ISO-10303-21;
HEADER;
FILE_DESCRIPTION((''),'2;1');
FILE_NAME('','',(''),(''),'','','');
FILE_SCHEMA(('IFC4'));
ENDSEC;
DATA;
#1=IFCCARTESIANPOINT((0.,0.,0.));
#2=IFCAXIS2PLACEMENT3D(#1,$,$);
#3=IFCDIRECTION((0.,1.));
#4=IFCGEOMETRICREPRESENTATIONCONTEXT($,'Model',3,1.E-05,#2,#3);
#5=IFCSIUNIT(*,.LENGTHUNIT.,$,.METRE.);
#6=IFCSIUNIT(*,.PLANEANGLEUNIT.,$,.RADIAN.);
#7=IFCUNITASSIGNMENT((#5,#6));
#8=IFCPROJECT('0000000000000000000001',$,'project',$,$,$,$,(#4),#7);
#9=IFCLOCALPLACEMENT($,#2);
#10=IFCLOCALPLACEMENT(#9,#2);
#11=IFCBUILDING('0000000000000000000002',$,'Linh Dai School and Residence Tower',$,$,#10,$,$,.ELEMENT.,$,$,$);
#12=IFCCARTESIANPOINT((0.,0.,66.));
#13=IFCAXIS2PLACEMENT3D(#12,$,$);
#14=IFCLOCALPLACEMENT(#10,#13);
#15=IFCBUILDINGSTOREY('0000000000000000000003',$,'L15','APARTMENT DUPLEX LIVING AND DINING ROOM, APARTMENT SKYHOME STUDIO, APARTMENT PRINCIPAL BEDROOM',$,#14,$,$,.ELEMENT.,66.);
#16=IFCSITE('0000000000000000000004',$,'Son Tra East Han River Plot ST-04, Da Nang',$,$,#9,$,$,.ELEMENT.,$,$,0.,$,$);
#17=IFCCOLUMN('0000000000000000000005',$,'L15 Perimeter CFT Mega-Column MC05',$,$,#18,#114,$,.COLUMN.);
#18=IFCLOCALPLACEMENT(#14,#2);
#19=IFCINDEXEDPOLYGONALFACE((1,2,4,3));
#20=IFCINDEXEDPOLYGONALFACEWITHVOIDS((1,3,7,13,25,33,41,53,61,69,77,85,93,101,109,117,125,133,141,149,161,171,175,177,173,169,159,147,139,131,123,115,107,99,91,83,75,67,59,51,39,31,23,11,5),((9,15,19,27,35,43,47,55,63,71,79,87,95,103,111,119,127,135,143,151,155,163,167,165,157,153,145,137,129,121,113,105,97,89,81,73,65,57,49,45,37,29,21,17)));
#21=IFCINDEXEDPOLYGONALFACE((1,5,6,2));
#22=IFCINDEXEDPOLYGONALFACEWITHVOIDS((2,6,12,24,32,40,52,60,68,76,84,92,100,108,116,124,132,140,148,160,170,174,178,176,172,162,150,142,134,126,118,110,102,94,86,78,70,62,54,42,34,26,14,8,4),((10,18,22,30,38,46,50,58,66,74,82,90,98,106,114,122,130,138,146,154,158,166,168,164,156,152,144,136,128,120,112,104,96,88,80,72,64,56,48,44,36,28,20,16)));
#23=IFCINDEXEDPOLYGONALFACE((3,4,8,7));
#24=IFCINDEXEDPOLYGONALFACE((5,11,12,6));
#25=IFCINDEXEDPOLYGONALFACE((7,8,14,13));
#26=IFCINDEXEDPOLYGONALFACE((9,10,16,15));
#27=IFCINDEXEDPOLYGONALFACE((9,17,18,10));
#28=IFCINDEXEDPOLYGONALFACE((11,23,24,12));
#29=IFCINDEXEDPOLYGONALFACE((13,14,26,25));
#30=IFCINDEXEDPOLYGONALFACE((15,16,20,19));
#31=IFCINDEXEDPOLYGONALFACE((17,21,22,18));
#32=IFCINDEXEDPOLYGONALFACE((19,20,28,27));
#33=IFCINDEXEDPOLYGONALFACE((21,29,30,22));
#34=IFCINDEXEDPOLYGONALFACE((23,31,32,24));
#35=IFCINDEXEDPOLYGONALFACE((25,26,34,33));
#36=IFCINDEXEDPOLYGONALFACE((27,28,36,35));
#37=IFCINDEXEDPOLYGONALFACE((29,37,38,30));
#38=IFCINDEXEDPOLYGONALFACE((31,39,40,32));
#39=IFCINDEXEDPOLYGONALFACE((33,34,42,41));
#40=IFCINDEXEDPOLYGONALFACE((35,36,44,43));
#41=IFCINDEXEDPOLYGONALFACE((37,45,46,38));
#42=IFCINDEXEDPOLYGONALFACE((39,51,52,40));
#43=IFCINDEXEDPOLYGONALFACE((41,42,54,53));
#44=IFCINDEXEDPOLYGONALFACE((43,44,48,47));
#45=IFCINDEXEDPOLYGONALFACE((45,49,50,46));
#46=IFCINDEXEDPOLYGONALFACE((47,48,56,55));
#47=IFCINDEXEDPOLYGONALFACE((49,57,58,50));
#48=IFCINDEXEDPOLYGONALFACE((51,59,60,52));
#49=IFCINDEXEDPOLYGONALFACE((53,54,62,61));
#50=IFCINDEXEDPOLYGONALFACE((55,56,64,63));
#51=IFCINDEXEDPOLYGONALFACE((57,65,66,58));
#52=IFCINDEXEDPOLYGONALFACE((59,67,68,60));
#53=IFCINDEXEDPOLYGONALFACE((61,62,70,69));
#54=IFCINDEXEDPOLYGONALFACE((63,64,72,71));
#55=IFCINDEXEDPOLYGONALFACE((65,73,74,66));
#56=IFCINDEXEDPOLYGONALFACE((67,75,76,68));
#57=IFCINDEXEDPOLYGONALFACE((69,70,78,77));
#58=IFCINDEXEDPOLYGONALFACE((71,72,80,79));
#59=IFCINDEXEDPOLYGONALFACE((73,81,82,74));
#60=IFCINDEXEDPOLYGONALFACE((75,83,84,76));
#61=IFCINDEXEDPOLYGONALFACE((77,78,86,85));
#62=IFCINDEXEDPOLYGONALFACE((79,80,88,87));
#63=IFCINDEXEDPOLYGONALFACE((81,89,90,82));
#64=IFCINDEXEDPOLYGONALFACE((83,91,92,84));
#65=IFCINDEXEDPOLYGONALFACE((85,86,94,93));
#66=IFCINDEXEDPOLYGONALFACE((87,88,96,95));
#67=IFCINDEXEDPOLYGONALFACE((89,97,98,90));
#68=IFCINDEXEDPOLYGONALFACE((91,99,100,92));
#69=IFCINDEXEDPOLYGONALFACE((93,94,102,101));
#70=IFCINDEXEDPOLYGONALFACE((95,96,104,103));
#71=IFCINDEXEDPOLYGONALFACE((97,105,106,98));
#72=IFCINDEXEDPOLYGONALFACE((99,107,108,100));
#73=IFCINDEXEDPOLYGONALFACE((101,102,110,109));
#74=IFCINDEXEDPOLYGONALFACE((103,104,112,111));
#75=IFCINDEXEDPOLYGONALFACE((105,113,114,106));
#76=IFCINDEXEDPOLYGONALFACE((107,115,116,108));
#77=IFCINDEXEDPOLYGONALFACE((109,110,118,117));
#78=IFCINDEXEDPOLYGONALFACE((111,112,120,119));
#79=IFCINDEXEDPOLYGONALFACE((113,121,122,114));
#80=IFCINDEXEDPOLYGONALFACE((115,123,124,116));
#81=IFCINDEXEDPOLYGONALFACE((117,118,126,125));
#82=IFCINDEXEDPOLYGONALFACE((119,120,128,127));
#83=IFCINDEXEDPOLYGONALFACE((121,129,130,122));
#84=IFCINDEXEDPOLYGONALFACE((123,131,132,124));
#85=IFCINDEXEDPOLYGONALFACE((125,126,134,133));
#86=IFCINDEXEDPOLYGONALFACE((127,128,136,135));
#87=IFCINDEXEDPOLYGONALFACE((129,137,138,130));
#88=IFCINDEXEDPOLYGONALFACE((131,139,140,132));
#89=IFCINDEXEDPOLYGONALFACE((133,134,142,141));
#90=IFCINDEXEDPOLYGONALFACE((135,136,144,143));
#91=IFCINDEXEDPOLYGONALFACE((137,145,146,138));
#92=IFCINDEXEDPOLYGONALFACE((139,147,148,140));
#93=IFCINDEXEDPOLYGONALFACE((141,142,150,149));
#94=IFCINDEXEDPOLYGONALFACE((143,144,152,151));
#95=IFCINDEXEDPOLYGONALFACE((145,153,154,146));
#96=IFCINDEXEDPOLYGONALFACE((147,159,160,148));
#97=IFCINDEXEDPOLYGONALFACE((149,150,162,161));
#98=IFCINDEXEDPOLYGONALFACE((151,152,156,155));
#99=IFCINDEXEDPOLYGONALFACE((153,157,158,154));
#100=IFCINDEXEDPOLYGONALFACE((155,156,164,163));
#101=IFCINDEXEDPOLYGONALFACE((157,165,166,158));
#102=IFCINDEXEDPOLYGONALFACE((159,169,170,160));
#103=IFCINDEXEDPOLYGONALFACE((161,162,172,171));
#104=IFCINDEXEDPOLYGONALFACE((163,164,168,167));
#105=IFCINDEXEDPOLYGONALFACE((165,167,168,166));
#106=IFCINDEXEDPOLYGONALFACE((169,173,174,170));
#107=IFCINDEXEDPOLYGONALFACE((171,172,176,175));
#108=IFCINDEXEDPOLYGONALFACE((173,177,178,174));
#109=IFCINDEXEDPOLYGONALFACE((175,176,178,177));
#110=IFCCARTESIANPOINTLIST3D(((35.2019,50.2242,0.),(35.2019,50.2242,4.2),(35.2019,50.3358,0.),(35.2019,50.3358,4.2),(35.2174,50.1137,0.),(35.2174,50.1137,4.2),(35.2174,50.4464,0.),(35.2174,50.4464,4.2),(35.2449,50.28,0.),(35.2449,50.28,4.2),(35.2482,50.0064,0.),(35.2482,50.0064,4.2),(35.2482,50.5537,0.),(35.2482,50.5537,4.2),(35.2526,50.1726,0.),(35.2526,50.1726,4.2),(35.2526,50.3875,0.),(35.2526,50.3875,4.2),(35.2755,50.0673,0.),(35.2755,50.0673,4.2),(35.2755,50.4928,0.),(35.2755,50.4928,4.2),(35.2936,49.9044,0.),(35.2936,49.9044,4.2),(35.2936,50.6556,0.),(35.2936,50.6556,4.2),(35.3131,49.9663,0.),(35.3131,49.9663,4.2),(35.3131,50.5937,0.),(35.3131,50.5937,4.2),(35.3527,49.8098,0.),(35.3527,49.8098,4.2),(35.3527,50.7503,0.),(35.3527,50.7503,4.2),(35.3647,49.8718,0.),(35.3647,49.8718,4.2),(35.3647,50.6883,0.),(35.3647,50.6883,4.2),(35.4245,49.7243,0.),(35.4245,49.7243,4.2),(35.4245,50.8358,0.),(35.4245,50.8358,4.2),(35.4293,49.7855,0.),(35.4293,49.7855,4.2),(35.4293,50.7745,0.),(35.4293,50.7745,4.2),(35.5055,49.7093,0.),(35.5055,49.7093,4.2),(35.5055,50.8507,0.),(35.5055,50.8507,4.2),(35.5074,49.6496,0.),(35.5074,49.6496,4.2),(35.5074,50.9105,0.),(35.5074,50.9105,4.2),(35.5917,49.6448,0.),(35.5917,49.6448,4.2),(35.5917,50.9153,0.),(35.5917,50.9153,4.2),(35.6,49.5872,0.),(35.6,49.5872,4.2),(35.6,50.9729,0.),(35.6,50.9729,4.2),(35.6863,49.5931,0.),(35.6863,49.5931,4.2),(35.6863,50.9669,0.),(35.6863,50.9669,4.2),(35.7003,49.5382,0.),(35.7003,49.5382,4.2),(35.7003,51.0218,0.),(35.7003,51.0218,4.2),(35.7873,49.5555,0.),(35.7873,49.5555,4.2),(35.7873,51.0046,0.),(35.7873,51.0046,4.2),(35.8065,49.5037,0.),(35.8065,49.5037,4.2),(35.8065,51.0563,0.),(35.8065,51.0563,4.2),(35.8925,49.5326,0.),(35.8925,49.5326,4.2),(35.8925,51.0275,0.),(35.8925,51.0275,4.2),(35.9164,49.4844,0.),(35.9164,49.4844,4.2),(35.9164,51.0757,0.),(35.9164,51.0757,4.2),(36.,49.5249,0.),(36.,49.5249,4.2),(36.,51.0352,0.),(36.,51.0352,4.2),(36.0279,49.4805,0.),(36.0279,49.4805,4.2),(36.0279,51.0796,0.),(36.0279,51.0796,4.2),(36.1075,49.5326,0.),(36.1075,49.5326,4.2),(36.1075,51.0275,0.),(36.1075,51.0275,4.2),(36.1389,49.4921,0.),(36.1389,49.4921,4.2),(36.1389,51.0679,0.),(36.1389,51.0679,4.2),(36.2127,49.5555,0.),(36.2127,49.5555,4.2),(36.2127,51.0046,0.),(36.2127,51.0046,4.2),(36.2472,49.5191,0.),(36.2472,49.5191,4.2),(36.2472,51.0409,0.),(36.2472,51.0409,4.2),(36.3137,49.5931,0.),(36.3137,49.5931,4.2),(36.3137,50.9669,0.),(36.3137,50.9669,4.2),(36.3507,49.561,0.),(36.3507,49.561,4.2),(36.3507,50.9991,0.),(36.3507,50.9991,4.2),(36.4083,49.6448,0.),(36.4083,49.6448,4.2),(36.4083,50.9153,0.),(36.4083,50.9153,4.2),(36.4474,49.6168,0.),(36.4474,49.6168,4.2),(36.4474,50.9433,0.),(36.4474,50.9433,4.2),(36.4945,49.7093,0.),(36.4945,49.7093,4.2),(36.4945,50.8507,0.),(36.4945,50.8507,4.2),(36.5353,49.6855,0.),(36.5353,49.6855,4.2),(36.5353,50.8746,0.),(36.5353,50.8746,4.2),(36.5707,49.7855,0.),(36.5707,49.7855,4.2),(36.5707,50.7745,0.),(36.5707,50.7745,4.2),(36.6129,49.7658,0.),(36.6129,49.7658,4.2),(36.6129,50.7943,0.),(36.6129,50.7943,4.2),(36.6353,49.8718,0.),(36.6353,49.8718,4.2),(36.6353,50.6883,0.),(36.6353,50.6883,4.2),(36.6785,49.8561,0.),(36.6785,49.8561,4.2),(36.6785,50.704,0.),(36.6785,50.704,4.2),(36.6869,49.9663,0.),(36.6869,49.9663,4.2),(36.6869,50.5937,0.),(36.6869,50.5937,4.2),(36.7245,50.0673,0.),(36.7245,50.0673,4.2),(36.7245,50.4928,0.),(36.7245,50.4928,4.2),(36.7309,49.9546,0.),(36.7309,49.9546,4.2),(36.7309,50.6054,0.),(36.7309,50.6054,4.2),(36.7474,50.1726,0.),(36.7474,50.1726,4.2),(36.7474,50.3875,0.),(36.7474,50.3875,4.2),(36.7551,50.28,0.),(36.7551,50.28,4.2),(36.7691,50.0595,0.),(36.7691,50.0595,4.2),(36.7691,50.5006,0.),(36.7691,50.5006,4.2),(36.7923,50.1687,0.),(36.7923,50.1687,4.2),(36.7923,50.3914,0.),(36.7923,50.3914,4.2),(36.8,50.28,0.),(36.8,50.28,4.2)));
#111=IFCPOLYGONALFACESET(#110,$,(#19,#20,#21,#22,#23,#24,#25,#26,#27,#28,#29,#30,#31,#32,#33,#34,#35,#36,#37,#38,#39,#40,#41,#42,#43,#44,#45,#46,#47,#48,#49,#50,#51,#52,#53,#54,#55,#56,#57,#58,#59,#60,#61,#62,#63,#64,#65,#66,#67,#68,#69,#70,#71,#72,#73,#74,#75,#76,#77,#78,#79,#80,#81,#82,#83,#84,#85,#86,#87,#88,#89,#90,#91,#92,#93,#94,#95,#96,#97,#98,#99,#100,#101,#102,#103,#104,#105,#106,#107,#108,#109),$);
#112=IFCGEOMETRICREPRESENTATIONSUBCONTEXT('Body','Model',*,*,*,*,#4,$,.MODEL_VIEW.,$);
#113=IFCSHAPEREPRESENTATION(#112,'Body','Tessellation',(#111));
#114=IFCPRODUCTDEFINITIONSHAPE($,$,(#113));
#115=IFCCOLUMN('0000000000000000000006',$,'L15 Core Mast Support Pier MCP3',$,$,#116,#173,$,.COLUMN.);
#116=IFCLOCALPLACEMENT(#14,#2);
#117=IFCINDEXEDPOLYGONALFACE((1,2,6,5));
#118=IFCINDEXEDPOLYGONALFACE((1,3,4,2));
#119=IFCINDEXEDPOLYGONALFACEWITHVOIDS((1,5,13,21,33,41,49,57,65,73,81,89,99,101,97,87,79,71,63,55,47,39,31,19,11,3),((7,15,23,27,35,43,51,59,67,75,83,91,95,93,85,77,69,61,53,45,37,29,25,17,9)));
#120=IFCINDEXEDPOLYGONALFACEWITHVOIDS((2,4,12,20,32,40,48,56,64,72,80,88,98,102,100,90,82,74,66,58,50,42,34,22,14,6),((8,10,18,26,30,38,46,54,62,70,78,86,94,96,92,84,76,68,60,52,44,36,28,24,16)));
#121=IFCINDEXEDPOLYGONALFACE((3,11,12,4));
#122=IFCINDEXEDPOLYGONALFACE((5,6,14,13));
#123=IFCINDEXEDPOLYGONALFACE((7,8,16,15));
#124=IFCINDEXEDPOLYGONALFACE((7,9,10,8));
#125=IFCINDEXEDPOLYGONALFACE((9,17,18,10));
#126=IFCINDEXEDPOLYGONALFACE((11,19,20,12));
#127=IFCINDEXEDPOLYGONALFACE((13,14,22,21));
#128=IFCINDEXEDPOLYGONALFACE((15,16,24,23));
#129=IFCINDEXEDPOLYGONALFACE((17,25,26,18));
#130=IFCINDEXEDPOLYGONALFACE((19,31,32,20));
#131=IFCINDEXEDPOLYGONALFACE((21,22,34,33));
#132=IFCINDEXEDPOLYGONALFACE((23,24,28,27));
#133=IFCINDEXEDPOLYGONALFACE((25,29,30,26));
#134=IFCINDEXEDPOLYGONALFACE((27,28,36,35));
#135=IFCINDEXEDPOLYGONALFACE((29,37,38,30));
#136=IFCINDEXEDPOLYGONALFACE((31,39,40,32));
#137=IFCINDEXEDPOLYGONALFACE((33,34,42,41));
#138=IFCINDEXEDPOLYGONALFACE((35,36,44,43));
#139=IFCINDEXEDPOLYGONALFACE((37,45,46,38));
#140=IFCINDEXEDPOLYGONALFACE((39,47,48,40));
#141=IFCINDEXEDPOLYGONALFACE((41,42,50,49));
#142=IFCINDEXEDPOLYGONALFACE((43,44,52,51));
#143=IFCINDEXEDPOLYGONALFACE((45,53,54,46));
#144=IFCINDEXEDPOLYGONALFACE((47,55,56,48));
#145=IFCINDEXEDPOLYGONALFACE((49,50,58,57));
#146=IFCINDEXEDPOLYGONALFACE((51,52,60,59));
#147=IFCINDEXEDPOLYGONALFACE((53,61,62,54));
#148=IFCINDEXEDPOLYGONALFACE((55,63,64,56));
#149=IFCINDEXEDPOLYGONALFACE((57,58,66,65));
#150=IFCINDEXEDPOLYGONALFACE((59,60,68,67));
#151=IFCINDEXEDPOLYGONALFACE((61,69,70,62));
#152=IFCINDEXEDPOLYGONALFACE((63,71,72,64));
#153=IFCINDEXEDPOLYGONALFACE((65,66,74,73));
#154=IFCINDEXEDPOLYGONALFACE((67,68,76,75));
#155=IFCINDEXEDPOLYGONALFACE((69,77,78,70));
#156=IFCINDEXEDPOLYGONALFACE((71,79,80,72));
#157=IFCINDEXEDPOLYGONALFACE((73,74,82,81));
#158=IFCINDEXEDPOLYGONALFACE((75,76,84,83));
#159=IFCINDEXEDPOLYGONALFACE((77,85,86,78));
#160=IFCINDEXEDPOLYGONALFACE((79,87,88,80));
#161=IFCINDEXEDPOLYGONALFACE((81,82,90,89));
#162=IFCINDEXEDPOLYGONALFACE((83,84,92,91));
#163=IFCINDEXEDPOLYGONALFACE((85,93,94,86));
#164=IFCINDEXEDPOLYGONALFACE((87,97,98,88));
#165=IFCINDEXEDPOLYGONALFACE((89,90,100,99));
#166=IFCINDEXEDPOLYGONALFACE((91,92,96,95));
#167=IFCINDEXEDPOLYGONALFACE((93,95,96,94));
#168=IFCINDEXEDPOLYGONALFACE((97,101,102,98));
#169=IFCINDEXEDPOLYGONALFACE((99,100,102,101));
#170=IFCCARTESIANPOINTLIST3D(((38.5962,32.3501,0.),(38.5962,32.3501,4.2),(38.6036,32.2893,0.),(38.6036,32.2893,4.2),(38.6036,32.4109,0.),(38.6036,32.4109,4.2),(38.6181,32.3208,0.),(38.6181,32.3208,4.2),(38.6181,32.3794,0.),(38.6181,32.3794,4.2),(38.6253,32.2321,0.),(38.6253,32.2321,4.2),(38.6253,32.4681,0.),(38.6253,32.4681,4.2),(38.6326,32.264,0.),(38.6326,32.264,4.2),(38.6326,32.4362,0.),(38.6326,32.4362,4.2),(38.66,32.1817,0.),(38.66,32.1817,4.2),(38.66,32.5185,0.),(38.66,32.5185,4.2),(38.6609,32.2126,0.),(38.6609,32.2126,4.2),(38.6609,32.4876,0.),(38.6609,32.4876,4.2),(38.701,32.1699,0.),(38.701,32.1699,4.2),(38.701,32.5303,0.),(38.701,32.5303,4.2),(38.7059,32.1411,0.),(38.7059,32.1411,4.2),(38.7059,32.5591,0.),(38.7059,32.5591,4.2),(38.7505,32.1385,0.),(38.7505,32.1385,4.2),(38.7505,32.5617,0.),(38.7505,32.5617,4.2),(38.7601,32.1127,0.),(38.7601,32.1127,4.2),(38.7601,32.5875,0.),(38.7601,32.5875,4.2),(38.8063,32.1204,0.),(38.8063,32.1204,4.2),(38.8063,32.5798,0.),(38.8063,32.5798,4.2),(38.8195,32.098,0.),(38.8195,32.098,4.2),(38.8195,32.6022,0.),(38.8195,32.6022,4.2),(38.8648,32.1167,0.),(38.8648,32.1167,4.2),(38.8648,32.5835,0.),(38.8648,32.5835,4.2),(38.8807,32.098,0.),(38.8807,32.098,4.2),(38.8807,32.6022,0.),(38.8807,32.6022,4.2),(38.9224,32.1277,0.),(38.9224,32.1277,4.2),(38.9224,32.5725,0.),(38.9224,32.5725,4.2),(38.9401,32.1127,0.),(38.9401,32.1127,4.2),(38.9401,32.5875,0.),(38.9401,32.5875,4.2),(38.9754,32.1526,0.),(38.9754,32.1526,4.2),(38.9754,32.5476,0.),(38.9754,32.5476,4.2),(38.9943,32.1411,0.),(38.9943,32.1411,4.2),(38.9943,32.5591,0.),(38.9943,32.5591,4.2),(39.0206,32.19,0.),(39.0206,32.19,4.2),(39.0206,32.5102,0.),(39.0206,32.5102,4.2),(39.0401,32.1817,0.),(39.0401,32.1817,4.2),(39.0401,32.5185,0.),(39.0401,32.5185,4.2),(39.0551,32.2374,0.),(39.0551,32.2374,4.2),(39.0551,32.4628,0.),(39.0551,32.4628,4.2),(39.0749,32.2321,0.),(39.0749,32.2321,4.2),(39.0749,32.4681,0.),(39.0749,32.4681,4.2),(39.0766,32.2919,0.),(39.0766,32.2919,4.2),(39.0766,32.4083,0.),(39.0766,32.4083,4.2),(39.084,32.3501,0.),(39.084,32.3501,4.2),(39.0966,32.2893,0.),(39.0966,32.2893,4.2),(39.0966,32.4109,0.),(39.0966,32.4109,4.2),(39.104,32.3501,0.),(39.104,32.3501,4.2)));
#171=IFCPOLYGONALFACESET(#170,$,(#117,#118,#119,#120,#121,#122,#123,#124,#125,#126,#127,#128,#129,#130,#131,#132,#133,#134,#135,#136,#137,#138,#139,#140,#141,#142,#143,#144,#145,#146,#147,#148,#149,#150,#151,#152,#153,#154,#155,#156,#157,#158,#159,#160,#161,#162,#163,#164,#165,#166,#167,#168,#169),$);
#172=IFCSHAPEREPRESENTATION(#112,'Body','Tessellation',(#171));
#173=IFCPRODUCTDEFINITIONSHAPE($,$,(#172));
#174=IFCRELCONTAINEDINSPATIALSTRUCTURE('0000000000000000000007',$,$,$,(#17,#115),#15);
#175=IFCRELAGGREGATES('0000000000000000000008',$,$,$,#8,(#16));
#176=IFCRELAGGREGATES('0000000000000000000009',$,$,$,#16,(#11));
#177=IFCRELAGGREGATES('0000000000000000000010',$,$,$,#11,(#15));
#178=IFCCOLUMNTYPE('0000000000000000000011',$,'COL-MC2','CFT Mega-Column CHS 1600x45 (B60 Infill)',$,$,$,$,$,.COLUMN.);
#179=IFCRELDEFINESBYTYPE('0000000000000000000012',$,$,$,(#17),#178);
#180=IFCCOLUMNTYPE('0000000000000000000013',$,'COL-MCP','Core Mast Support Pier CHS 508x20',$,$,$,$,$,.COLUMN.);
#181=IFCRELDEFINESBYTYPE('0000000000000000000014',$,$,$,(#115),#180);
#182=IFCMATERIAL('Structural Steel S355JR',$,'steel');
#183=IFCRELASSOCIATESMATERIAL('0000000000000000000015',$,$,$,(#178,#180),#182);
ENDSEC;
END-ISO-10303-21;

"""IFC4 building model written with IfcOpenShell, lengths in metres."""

from ifc_helpers import new_model, si_unit, direction, frame, origin, origin_2d, place, context, subcontext, project, spatial, hollow_circle, extrude, material, material_profile, profile_set, type_object, element, save


model = new_model("IFC4")

# Units and contexts
model_context = context("Model", 3, precision=1e-05, world=origin(), true_north=direction((0.0, 1.0)))
body_context = subcontext(model_context, "Body", "Model", "MODEL_VIEW")
ifc_project = project(units=[si_unit("LENGTHUNIT", "METRE"), si_unit("PLANEANGLEUNIT", "RADIAN")], contexts=[model_context])

# Site, building, storey
site_placement = place(None, origin())
site = spatial("IfcSite", under=ifc_project, at=site_placement, Name="Son Tra East Han River Plot ST-04, Da Nang", CompositionType="ELEMENT", RefElevation=0.0)
building_placement = place(site_placement, origin())
building = spatial("IfcBuilding", under=site, at=building_placement, Name="Linh Dai School and Residence Tower", CompositionType="ELEMENT")
storey_placement = place(building_placement, frame((0.0, 0.0, 66.0)))
storey = spatial("IfcBuildingStorey", under=building, at=storey_placement, Name="L15", Description="APARTMENT DUPLEX LIVING AND DINING ROOM, APARTMENT SKYHOME STUDIO, APARTMENT PRINCIPAL BEDROOM", CompositionType="ELEMENT", Elevation=66.0)

# Columns
ifc_material_1 = material(Name="Structural Steel S355JR", Category="steel")
ifc_material_profile_1 = material_profile(ifc_material_1, hollow_circle(Radius=0.8, WallThickness=0.0449, at=origin_2d()), Name="CHS 1600x45")
ifc_profile_set_1 = profile_set([ifc_material_profile_1], Name="Structural Steel S355JR")
column_type_1 = type_object("IfcColumnType", Name="COL-MC2", Description="CFT Mega-Column CHS 1600x45 (B60 Infill)", PredefinedType="COLUMN", material=ifc_profile_set_1)
column_1_placement = place(storey_placement, frame((36.0, 50.28, 0.0), z_axis=(0.0, 0.0, 1.0), x_axis=(1.0, 0.0, 0.0)))
element("IfcColumn", 1, at=column_1_placement, inside=storey, type_object=column_type_1, Name="L15 Perimeter CFT Mega-Column MC05", PredefinedType="COLUMN", context=body_context, shape_type="SweptSolid", body=[
    extrude(hollow_circle(Radius=0.8, WallThickness=0.0449, at=origin_2d()), origin(), (0.0, 0.0, 1.0), 4.2),
])
ifc_material_profile_2 = material_profile(ifc_material_1, hollow_circle(Radius=0.2539, WallThickness=0.02, at=origin_2d()), Name="CHS 508x20")
ifc_profile_set_2 = profile_set([ifc_material_profile_2], Name="Structural Steel S355JR")
column_type_2 = type_object("IfcColumnType", Name="COL-MCP", Description="Core Mast Support Pier CHS 508x20", PredefinedType="COLUMN", material=ifc_profile_set_2)
column_2_placement = place(storey_placement, frame((38.8501, 32.3501, 0.0), z_axis=(0.0, 0.0, 1.0), x_axis=(1.0, 0.0, 0.0)))
element("IfcColumn", 2, at=column_2_placement, inside=storey, type_object=column_type_2, Name="L15 Core Mast Support Pier MCP3", PredefinedType="COLUMN", context=body_context, shape_type="SweptSolid", body=[
    extrude(hollow_circle(Radius=0.2539, WallThickness=0.02, at=origin_2d()), origin(), (0.0, 0.0, 1.0), 4.2),
])

save(model, "model.ifc")
